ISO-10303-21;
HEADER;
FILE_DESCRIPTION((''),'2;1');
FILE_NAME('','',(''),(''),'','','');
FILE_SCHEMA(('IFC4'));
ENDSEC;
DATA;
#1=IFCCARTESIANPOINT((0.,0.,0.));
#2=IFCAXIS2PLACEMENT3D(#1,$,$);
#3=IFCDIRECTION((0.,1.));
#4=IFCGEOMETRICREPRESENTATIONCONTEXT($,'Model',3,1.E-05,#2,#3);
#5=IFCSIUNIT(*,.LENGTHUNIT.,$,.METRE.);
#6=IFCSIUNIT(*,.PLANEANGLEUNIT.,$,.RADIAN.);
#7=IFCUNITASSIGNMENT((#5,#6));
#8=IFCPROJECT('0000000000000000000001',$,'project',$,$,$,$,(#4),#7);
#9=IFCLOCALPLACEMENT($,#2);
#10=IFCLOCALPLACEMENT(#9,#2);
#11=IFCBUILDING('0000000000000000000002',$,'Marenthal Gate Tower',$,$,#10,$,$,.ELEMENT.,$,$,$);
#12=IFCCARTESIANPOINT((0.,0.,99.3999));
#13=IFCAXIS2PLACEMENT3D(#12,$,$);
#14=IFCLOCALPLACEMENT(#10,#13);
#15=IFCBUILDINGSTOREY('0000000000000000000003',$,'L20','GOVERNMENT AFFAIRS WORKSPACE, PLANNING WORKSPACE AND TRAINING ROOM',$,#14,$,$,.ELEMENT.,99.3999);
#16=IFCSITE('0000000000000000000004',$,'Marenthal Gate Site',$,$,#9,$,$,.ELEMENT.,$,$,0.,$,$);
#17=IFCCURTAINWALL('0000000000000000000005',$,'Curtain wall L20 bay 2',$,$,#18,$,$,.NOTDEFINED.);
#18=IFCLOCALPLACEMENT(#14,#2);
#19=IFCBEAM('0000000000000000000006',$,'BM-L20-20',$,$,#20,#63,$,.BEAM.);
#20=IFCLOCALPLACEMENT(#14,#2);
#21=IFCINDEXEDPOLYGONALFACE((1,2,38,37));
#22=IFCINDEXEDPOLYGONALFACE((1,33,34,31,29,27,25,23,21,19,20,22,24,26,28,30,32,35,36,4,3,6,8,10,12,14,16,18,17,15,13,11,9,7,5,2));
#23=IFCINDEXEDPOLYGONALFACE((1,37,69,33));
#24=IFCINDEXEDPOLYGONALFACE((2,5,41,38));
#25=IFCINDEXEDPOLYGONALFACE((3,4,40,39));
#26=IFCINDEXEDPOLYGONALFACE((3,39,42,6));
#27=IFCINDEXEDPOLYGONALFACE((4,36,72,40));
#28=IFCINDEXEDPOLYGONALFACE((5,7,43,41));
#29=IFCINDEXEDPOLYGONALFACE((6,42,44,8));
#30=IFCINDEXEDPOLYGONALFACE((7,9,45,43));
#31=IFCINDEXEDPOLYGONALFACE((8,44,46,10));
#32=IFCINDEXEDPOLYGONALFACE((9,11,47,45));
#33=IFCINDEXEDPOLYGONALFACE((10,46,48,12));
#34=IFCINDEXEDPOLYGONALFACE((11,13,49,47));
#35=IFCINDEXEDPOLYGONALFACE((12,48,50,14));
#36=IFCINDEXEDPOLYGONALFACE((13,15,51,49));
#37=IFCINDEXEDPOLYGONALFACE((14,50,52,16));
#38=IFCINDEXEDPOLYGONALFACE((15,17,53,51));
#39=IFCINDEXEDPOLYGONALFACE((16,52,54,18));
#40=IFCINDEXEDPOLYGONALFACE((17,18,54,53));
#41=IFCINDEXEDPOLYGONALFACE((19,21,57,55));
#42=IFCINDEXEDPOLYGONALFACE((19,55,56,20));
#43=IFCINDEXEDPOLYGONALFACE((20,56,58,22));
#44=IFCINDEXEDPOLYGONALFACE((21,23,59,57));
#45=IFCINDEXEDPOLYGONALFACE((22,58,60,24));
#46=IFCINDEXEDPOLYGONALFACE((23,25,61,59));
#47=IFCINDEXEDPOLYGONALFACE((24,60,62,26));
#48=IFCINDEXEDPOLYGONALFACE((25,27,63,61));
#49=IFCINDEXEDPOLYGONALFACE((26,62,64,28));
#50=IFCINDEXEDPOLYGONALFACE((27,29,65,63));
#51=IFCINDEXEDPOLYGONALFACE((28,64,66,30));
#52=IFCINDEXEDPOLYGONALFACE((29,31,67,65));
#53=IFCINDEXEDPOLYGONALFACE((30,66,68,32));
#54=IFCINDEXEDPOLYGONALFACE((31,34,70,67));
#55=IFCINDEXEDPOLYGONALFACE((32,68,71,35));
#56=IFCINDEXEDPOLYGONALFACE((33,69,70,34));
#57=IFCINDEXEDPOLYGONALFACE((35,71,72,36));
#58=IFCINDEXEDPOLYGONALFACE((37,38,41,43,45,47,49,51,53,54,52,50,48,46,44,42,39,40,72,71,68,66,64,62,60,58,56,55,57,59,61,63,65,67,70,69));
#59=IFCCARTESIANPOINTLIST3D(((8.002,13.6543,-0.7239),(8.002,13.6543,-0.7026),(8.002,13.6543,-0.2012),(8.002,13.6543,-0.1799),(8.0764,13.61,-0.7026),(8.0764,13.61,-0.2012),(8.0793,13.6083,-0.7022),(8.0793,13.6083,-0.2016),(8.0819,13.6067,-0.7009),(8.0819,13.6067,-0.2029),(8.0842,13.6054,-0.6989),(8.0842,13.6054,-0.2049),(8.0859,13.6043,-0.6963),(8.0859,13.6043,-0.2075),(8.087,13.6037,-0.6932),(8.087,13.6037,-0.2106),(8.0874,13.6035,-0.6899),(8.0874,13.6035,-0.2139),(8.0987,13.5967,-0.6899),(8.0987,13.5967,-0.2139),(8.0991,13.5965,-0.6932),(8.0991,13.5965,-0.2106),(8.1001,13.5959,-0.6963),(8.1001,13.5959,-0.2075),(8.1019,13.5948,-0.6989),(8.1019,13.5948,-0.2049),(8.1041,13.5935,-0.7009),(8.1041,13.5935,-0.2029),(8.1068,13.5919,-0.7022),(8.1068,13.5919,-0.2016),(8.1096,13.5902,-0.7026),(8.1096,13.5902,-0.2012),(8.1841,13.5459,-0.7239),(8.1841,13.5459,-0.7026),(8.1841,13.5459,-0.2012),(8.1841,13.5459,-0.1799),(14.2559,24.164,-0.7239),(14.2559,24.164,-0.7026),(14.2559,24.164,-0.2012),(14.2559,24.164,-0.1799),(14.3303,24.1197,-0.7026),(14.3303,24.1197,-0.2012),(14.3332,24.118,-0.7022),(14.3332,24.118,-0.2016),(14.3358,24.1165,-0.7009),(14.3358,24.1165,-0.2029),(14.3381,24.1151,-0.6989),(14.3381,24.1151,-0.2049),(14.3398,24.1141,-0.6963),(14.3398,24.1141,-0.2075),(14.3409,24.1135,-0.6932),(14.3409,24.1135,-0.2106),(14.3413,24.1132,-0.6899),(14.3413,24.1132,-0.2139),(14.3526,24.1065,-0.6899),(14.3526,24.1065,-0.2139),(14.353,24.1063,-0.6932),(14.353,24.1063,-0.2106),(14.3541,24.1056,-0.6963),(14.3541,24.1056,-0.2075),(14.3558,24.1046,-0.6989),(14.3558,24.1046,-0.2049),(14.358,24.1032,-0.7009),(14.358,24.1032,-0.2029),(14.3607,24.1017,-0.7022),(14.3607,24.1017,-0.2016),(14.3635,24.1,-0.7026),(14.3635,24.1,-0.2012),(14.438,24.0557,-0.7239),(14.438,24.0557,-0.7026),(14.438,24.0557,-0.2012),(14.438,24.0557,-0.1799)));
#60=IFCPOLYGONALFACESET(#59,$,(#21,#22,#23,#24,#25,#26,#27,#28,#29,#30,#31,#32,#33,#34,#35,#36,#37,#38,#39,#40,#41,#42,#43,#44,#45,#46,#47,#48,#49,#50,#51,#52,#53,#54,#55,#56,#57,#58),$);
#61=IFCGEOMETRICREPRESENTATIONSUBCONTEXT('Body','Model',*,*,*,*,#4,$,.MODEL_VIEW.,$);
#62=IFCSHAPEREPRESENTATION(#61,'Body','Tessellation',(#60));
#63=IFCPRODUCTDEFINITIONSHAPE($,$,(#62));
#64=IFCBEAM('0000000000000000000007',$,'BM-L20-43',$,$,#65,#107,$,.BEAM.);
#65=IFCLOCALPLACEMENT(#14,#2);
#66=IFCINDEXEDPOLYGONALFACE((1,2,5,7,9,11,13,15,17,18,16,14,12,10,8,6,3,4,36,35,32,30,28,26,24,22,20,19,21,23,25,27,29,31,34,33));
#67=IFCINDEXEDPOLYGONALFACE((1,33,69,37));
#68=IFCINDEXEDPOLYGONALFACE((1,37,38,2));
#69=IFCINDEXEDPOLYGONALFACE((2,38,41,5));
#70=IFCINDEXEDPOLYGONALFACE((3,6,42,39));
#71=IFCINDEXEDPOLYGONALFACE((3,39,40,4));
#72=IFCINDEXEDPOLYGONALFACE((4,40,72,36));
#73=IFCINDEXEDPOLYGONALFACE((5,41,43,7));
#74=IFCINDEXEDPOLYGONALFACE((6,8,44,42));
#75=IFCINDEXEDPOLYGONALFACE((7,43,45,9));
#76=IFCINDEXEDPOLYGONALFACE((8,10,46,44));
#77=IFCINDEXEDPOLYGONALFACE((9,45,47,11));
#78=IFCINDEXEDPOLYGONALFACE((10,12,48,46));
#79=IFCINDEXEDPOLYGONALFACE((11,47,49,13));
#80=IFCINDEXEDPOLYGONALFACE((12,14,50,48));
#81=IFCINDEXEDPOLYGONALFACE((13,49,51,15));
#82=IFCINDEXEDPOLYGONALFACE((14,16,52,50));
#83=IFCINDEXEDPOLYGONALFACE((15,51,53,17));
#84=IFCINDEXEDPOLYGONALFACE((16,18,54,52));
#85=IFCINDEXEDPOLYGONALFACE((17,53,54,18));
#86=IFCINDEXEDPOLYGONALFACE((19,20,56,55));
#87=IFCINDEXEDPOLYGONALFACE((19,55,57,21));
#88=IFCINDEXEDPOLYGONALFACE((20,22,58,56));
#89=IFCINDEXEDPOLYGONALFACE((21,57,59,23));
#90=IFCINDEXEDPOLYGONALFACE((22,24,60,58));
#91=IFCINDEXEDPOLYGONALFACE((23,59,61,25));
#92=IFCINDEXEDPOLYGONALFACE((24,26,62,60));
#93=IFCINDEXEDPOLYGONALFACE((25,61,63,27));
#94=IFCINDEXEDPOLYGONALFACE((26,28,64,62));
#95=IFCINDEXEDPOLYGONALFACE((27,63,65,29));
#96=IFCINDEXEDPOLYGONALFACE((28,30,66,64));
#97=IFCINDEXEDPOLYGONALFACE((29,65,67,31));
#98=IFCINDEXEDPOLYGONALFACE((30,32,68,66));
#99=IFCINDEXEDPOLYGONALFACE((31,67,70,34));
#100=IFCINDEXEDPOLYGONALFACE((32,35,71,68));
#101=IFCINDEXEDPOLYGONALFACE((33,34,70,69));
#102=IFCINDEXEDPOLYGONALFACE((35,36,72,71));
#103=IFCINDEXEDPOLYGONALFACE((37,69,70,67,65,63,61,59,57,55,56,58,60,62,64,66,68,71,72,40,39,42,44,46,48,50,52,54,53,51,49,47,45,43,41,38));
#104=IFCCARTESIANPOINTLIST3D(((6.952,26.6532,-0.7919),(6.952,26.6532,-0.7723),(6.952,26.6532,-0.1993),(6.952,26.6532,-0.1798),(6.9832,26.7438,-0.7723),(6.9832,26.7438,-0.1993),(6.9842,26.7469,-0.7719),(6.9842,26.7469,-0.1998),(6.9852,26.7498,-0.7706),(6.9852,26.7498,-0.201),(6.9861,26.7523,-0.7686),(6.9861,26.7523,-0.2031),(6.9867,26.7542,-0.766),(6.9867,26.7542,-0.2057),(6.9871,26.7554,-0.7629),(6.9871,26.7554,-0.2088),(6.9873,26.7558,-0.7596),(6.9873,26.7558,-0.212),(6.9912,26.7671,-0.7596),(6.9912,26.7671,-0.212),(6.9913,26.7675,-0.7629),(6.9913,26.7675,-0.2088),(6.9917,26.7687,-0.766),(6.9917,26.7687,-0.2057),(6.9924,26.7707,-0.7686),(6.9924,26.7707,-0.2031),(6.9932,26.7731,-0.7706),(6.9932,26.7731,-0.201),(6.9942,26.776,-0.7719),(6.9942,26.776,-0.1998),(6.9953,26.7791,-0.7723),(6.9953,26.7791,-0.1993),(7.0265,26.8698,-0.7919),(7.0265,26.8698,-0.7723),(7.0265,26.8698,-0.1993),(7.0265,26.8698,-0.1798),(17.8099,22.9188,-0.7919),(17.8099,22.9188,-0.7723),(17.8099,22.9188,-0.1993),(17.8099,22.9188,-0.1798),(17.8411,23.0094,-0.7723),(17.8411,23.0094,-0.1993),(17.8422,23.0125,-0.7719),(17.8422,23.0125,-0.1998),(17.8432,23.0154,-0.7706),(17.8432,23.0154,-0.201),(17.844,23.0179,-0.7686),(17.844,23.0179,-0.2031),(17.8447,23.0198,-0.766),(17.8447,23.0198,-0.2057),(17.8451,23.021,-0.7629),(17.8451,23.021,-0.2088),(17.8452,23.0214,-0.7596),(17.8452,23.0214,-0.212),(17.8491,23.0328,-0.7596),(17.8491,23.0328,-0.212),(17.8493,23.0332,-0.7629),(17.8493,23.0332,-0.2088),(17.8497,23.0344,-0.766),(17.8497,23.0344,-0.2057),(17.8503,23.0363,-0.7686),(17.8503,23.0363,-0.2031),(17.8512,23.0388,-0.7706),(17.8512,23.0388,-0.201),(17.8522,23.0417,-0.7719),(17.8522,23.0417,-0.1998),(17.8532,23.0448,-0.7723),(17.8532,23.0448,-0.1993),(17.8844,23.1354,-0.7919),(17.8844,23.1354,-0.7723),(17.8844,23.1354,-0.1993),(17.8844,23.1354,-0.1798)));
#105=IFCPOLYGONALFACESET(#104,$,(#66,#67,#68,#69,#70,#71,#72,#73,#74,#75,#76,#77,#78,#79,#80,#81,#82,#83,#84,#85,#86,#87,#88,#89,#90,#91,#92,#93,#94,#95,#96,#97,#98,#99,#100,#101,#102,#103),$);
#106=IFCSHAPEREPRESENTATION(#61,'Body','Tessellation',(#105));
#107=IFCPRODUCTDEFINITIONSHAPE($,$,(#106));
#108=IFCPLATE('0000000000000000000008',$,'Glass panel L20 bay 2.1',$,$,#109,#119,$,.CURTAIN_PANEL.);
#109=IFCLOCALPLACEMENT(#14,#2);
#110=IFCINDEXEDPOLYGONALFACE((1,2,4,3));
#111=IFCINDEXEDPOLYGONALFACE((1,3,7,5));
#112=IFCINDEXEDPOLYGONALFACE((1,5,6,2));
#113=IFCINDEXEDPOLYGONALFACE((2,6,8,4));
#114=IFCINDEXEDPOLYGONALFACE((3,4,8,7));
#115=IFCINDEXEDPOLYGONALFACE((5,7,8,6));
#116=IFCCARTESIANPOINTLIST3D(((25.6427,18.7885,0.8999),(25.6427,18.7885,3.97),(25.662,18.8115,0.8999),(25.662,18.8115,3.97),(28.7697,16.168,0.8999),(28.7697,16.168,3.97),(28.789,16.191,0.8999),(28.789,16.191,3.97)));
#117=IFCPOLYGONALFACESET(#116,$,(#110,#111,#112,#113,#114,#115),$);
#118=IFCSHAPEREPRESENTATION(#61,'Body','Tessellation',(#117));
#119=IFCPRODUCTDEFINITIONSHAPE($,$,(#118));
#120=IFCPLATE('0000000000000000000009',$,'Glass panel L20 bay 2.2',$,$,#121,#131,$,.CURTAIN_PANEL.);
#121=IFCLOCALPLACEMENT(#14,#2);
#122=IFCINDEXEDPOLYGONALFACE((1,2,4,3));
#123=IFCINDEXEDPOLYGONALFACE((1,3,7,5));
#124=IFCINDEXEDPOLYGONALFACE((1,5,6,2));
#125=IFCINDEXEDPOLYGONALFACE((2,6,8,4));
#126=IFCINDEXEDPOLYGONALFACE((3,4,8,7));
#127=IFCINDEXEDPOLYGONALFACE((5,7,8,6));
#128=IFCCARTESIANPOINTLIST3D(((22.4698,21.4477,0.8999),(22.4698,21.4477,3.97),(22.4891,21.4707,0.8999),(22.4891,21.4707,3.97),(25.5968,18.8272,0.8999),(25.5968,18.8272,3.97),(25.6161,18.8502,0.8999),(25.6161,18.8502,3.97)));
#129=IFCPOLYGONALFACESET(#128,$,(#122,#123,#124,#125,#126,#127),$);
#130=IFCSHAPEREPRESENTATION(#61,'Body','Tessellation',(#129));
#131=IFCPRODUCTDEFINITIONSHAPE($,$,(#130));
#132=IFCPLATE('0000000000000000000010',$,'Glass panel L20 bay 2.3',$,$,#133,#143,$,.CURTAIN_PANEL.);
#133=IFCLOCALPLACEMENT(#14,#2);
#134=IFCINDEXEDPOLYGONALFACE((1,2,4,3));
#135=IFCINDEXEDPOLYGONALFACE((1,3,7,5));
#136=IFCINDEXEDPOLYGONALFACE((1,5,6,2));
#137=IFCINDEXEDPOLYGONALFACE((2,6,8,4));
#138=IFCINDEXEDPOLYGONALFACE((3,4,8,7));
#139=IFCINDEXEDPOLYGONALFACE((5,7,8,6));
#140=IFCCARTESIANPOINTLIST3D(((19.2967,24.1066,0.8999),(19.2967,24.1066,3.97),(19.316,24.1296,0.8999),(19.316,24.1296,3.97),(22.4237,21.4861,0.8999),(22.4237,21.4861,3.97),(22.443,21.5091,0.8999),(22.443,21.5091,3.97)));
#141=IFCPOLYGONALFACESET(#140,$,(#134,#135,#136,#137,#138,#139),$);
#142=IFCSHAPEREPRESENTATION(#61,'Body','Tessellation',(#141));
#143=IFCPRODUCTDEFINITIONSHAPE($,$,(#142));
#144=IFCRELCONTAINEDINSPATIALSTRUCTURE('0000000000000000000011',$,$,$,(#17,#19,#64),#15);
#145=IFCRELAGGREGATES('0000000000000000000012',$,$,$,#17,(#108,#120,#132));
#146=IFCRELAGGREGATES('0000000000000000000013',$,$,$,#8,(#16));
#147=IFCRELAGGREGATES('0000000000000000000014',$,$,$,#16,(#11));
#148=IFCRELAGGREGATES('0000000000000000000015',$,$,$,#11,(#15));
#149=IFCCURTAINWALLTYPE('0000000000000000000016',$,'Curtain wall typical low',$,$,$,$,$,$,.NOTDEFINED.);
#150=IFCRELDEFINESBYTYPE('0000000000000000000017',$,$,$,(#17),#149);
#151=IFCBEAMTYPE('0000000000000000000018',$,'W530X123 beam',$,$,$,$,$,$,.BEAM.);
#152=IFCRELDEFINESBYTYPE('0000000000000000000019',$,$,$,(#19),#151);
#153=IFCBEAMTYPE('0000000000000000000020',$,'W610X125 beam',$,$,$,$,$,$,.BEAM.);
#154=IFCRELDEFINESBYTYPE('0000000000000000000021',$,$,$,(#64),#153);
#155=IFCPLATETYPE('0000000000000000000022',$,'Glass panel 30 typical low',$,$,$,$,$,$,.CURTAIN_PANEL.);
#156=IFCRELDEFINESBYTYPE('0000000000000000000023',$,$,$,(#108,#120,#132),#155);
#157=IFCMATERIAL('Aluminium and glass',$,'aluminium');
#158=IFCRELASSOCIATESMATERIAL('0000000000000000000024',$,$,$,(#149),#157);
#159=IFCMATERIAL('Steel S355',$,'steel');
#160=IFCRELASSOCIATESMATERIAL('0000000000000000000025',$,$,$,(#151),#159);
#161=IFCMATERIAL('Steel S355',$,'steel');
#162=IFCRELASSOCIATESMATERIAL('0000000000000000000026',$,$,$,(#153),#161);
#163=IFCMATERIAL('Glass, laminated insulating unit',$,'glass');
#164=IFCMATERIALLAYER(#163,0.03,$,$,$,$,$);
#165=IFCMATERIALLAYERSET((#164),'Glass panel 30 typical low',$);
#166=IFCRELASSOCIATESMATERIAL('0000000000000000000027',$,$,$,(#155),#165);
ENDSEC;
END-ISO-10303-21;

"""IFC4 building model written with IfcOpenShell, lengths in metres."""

from ifc_helpers import new_model, si_unit, direction, frame, origin, origin_2d, place, context, subcontext, project, spatial, rectangle, i_section, extrude, material, layer, layer_set, material_profile, profile_set, type_object, element, aggregate, save


model = new_model("IFC4")

# Units and contexts
model_context = context("Model", 3, precision=1e-05, world=origin(), true_north=direction((0.0, 1.0)))
body_context = subcontext(model_context, "Body", "Model", "MODEL_VIEW")
ifc_project = project(units=[si_unit("LENGTHUNIT", "METRE"), si_unit("PLANEANGLEUNIT", "RADIAN")], contexts=[model_context])

# Site, building, storey
site_placement = place(None, origin())
site = spatial("IfcSite", under=ifc_project, at=site_placement, Name="Marenthal Gate Site", CompositionType="ELEMENT", RefElevation=0.0)
building_placement = place(site_placement, origin())
building = spatial("IfcBuilding", under=site, at=building_placement, Name="Marenthal Gate Tower", CompositionType="ELEMENT")
storey_placement = place(building_placement, frame((0.0, 0.0, 99.3999)))
storey = spatial("IfcBuildingStorey", under=building, at=storey_placement, Name="L20", Description="GOVERNMENT AFFAIRS WORKSPACE, PLANNING WORKSPACE AND TRAINING ROOM", CompositionType="ELEMENT", Elevation=99.3999)

# Curtain wall
ifc_material_1 = material(Name="Aluminium and glass", Category="aluminium")
curtain_wall_type = type_object("IfcCurtainWallType", Name="Curtain wall typical low", PredefinedType="NOTDEFINED", material=ifc_material_1)
curtain_wall_placement = place(storey_placement, origin())
curtain_wall = element("IfcCurtainWall", 1, at=curtain_wall_placement, inside=storey, type_object=curtain_wall_type, Name="Curtain wall L20 bay 2", PredefinedType="NOTDEFINED")

# Beams
ifc_material_2 = material(Name="Steel S355", Category="steel")
ifc_material_profile_1 = material_profile(ifc_material_2, i_section(OverallWidth=0.2119, OverallDepth=0.5439, WebThickness=0.0132, FlangeThickness=0.0212, FilletRadius=0.0127, at=origin_2d()), Name="W530X123")
ifc_profile_set_1 = profile_set([ifc_material_profile_1], Name="Steel S355")
beam_type_1 = type_object("IfcBeamType", Name="W530X123 beam", PredefinedType="BEAM", material=ifc_profile_set_1)
beam_1_placement = place(storey_placement, frame((14.3469, 24.1099, -0.4519), z_axis=(-0.511369, -0.859361, 0.0), x_axis=(0.859361, -0.511369, 0.0)))
element("IfcBeam", 2, at=beam_1_placement, inside=storey, type_object=beam_type_1, Name="BM-L20-20", PredefinedType="BEAM", context=body_context, shape_type="SweptSolid", body=[
    extrude(i_section(OverallWidth=0.2119, OverallDepth=0.5439, WebThickness=0.0132, FlangeThickness=0.0212, FilletRadius=0.0127, at=origin_2d()), origin(), (0.0, 0.0, 1.0), 12.2297),
])
ifc_material_3 = material(Name="Steel S355", Category="steel")
ifc_material_profile_2 = material_profile(ifc_material_3, i_section(OverallWidth=0.229, OverallDepth=0.6121, WebThickness=0.012, FlangeThickness=0.0195, FilletRadius=0.0127, at=origin_2d()), Name="W610X125")
ifc_profile_set_2 = profile_set([ifc_material_profile_2], Name="Steel S355")
beam_type_2 = type_object("IfcBeamType", Name="W610X125 beam", PredefinedType="BEAM", material=ifc_profile_set_2)
beam_2_placement = place(storey_placement, frame((17.8472, 23.0271, -0.4858), z_axis=(-0.945634, 0.325233, 0.0), x_axis=(-0.325233, -0.945634, 0.0)))
element("IfcBeam", 3, at=beam_2_placement, inside=storey, type_object=beam_type_2, Name="BM-L20-43", PredefinedType="BEAM", context=body_context, shape_type="SweptSolid", body=[
    extrude(i_section(OverallWidth=0.229, OverallDepth=0.6121, WebThickness=0.012, FlangeThickness=0.0195, FilletRadius=0.0127, at=origin_2d()), origin(), (0.0, 0.0, 1.0), 11.4822),
])

# Plates
ifc_material_4 = material(Name="Glass, laminated insulating unit", Category="glass")
ifc_layer_1 = layer(ifc_material_4, 0.03)
ifc_layer_set_1 = layer_set([ifc_layer_1], Name="Glass panel 30 typical low")
plate_type = type_object("IfcPlateType", Name="Glass panel 30 typical low", PredefinedType="CURTAIN_PANEL", material=ifc_layer_set_1)
plate_1_placement = place(storey_placement, frame((27.2158, 17.4897, 0.8999), z_axis=(0.0, 0.0, 1.0), x_axis=(-0.766447, 0.642308, 0.0)))
plate_1 = element("IfcPlate", 4, at=plate_1_placement, type_object=plate_type, Name="Glass panel L20 bay 2.1", PredefinedType="CURTAIN_PANEL", context=body_context, shape_type="SweptSolid", body=[
    extrude(rectangle(XDim=4.0798, YDim=0.03, at=origin_2d()), origin(), (0.0, 0.0, 1.0), 3.0701),
])
plate_2_placement = place(storey_placement, frame((24.043, 20.1489, 0.8999), z_axis=(0.0, 0.0, 1.0), x_axis=(-0.766447, 0.642308, 0.0)))
plate_2 = element("IfcPlate", 5, at=plate_2_placement, type_object=plate_type, Name="Glass panel L20 bay 2.2", PredefinedType="CURTAIN_PANEL", context=body_context, shape_type="SweptSolid", body=[
    extrude(rectangle(XDim=4.0798, YDim=0.03, at=origin_2d()), origin(), (0.0, 0.0, 1.0), 3.0701),
])
plate_3_placement = place(storey_placement, frame((20.8699, 22.8079, 0.8999), z_axis=(0.0, 0.0, 1.0), x_axis=(-0.766447, 0.642308, 0.0)))
plate_3 = element("IfcPlate", 6, at=plate_3_placement, type_object=plate_type, Name="Glass panel L20 bay 2.3", PredefinedType="CURTAIN_PANEL", context=body_context, shape_type="SweptSolid", body=[
    extrude(rectangle(XDim=4.0798, YDim=0.03, at=origin_2d()), origin(), (0.0, 0.0, 1.0), 3.0701),
])
aggregate(curtain_wall, [plate_1, plate_2, plate_3])

save(model, "model.ifc")
